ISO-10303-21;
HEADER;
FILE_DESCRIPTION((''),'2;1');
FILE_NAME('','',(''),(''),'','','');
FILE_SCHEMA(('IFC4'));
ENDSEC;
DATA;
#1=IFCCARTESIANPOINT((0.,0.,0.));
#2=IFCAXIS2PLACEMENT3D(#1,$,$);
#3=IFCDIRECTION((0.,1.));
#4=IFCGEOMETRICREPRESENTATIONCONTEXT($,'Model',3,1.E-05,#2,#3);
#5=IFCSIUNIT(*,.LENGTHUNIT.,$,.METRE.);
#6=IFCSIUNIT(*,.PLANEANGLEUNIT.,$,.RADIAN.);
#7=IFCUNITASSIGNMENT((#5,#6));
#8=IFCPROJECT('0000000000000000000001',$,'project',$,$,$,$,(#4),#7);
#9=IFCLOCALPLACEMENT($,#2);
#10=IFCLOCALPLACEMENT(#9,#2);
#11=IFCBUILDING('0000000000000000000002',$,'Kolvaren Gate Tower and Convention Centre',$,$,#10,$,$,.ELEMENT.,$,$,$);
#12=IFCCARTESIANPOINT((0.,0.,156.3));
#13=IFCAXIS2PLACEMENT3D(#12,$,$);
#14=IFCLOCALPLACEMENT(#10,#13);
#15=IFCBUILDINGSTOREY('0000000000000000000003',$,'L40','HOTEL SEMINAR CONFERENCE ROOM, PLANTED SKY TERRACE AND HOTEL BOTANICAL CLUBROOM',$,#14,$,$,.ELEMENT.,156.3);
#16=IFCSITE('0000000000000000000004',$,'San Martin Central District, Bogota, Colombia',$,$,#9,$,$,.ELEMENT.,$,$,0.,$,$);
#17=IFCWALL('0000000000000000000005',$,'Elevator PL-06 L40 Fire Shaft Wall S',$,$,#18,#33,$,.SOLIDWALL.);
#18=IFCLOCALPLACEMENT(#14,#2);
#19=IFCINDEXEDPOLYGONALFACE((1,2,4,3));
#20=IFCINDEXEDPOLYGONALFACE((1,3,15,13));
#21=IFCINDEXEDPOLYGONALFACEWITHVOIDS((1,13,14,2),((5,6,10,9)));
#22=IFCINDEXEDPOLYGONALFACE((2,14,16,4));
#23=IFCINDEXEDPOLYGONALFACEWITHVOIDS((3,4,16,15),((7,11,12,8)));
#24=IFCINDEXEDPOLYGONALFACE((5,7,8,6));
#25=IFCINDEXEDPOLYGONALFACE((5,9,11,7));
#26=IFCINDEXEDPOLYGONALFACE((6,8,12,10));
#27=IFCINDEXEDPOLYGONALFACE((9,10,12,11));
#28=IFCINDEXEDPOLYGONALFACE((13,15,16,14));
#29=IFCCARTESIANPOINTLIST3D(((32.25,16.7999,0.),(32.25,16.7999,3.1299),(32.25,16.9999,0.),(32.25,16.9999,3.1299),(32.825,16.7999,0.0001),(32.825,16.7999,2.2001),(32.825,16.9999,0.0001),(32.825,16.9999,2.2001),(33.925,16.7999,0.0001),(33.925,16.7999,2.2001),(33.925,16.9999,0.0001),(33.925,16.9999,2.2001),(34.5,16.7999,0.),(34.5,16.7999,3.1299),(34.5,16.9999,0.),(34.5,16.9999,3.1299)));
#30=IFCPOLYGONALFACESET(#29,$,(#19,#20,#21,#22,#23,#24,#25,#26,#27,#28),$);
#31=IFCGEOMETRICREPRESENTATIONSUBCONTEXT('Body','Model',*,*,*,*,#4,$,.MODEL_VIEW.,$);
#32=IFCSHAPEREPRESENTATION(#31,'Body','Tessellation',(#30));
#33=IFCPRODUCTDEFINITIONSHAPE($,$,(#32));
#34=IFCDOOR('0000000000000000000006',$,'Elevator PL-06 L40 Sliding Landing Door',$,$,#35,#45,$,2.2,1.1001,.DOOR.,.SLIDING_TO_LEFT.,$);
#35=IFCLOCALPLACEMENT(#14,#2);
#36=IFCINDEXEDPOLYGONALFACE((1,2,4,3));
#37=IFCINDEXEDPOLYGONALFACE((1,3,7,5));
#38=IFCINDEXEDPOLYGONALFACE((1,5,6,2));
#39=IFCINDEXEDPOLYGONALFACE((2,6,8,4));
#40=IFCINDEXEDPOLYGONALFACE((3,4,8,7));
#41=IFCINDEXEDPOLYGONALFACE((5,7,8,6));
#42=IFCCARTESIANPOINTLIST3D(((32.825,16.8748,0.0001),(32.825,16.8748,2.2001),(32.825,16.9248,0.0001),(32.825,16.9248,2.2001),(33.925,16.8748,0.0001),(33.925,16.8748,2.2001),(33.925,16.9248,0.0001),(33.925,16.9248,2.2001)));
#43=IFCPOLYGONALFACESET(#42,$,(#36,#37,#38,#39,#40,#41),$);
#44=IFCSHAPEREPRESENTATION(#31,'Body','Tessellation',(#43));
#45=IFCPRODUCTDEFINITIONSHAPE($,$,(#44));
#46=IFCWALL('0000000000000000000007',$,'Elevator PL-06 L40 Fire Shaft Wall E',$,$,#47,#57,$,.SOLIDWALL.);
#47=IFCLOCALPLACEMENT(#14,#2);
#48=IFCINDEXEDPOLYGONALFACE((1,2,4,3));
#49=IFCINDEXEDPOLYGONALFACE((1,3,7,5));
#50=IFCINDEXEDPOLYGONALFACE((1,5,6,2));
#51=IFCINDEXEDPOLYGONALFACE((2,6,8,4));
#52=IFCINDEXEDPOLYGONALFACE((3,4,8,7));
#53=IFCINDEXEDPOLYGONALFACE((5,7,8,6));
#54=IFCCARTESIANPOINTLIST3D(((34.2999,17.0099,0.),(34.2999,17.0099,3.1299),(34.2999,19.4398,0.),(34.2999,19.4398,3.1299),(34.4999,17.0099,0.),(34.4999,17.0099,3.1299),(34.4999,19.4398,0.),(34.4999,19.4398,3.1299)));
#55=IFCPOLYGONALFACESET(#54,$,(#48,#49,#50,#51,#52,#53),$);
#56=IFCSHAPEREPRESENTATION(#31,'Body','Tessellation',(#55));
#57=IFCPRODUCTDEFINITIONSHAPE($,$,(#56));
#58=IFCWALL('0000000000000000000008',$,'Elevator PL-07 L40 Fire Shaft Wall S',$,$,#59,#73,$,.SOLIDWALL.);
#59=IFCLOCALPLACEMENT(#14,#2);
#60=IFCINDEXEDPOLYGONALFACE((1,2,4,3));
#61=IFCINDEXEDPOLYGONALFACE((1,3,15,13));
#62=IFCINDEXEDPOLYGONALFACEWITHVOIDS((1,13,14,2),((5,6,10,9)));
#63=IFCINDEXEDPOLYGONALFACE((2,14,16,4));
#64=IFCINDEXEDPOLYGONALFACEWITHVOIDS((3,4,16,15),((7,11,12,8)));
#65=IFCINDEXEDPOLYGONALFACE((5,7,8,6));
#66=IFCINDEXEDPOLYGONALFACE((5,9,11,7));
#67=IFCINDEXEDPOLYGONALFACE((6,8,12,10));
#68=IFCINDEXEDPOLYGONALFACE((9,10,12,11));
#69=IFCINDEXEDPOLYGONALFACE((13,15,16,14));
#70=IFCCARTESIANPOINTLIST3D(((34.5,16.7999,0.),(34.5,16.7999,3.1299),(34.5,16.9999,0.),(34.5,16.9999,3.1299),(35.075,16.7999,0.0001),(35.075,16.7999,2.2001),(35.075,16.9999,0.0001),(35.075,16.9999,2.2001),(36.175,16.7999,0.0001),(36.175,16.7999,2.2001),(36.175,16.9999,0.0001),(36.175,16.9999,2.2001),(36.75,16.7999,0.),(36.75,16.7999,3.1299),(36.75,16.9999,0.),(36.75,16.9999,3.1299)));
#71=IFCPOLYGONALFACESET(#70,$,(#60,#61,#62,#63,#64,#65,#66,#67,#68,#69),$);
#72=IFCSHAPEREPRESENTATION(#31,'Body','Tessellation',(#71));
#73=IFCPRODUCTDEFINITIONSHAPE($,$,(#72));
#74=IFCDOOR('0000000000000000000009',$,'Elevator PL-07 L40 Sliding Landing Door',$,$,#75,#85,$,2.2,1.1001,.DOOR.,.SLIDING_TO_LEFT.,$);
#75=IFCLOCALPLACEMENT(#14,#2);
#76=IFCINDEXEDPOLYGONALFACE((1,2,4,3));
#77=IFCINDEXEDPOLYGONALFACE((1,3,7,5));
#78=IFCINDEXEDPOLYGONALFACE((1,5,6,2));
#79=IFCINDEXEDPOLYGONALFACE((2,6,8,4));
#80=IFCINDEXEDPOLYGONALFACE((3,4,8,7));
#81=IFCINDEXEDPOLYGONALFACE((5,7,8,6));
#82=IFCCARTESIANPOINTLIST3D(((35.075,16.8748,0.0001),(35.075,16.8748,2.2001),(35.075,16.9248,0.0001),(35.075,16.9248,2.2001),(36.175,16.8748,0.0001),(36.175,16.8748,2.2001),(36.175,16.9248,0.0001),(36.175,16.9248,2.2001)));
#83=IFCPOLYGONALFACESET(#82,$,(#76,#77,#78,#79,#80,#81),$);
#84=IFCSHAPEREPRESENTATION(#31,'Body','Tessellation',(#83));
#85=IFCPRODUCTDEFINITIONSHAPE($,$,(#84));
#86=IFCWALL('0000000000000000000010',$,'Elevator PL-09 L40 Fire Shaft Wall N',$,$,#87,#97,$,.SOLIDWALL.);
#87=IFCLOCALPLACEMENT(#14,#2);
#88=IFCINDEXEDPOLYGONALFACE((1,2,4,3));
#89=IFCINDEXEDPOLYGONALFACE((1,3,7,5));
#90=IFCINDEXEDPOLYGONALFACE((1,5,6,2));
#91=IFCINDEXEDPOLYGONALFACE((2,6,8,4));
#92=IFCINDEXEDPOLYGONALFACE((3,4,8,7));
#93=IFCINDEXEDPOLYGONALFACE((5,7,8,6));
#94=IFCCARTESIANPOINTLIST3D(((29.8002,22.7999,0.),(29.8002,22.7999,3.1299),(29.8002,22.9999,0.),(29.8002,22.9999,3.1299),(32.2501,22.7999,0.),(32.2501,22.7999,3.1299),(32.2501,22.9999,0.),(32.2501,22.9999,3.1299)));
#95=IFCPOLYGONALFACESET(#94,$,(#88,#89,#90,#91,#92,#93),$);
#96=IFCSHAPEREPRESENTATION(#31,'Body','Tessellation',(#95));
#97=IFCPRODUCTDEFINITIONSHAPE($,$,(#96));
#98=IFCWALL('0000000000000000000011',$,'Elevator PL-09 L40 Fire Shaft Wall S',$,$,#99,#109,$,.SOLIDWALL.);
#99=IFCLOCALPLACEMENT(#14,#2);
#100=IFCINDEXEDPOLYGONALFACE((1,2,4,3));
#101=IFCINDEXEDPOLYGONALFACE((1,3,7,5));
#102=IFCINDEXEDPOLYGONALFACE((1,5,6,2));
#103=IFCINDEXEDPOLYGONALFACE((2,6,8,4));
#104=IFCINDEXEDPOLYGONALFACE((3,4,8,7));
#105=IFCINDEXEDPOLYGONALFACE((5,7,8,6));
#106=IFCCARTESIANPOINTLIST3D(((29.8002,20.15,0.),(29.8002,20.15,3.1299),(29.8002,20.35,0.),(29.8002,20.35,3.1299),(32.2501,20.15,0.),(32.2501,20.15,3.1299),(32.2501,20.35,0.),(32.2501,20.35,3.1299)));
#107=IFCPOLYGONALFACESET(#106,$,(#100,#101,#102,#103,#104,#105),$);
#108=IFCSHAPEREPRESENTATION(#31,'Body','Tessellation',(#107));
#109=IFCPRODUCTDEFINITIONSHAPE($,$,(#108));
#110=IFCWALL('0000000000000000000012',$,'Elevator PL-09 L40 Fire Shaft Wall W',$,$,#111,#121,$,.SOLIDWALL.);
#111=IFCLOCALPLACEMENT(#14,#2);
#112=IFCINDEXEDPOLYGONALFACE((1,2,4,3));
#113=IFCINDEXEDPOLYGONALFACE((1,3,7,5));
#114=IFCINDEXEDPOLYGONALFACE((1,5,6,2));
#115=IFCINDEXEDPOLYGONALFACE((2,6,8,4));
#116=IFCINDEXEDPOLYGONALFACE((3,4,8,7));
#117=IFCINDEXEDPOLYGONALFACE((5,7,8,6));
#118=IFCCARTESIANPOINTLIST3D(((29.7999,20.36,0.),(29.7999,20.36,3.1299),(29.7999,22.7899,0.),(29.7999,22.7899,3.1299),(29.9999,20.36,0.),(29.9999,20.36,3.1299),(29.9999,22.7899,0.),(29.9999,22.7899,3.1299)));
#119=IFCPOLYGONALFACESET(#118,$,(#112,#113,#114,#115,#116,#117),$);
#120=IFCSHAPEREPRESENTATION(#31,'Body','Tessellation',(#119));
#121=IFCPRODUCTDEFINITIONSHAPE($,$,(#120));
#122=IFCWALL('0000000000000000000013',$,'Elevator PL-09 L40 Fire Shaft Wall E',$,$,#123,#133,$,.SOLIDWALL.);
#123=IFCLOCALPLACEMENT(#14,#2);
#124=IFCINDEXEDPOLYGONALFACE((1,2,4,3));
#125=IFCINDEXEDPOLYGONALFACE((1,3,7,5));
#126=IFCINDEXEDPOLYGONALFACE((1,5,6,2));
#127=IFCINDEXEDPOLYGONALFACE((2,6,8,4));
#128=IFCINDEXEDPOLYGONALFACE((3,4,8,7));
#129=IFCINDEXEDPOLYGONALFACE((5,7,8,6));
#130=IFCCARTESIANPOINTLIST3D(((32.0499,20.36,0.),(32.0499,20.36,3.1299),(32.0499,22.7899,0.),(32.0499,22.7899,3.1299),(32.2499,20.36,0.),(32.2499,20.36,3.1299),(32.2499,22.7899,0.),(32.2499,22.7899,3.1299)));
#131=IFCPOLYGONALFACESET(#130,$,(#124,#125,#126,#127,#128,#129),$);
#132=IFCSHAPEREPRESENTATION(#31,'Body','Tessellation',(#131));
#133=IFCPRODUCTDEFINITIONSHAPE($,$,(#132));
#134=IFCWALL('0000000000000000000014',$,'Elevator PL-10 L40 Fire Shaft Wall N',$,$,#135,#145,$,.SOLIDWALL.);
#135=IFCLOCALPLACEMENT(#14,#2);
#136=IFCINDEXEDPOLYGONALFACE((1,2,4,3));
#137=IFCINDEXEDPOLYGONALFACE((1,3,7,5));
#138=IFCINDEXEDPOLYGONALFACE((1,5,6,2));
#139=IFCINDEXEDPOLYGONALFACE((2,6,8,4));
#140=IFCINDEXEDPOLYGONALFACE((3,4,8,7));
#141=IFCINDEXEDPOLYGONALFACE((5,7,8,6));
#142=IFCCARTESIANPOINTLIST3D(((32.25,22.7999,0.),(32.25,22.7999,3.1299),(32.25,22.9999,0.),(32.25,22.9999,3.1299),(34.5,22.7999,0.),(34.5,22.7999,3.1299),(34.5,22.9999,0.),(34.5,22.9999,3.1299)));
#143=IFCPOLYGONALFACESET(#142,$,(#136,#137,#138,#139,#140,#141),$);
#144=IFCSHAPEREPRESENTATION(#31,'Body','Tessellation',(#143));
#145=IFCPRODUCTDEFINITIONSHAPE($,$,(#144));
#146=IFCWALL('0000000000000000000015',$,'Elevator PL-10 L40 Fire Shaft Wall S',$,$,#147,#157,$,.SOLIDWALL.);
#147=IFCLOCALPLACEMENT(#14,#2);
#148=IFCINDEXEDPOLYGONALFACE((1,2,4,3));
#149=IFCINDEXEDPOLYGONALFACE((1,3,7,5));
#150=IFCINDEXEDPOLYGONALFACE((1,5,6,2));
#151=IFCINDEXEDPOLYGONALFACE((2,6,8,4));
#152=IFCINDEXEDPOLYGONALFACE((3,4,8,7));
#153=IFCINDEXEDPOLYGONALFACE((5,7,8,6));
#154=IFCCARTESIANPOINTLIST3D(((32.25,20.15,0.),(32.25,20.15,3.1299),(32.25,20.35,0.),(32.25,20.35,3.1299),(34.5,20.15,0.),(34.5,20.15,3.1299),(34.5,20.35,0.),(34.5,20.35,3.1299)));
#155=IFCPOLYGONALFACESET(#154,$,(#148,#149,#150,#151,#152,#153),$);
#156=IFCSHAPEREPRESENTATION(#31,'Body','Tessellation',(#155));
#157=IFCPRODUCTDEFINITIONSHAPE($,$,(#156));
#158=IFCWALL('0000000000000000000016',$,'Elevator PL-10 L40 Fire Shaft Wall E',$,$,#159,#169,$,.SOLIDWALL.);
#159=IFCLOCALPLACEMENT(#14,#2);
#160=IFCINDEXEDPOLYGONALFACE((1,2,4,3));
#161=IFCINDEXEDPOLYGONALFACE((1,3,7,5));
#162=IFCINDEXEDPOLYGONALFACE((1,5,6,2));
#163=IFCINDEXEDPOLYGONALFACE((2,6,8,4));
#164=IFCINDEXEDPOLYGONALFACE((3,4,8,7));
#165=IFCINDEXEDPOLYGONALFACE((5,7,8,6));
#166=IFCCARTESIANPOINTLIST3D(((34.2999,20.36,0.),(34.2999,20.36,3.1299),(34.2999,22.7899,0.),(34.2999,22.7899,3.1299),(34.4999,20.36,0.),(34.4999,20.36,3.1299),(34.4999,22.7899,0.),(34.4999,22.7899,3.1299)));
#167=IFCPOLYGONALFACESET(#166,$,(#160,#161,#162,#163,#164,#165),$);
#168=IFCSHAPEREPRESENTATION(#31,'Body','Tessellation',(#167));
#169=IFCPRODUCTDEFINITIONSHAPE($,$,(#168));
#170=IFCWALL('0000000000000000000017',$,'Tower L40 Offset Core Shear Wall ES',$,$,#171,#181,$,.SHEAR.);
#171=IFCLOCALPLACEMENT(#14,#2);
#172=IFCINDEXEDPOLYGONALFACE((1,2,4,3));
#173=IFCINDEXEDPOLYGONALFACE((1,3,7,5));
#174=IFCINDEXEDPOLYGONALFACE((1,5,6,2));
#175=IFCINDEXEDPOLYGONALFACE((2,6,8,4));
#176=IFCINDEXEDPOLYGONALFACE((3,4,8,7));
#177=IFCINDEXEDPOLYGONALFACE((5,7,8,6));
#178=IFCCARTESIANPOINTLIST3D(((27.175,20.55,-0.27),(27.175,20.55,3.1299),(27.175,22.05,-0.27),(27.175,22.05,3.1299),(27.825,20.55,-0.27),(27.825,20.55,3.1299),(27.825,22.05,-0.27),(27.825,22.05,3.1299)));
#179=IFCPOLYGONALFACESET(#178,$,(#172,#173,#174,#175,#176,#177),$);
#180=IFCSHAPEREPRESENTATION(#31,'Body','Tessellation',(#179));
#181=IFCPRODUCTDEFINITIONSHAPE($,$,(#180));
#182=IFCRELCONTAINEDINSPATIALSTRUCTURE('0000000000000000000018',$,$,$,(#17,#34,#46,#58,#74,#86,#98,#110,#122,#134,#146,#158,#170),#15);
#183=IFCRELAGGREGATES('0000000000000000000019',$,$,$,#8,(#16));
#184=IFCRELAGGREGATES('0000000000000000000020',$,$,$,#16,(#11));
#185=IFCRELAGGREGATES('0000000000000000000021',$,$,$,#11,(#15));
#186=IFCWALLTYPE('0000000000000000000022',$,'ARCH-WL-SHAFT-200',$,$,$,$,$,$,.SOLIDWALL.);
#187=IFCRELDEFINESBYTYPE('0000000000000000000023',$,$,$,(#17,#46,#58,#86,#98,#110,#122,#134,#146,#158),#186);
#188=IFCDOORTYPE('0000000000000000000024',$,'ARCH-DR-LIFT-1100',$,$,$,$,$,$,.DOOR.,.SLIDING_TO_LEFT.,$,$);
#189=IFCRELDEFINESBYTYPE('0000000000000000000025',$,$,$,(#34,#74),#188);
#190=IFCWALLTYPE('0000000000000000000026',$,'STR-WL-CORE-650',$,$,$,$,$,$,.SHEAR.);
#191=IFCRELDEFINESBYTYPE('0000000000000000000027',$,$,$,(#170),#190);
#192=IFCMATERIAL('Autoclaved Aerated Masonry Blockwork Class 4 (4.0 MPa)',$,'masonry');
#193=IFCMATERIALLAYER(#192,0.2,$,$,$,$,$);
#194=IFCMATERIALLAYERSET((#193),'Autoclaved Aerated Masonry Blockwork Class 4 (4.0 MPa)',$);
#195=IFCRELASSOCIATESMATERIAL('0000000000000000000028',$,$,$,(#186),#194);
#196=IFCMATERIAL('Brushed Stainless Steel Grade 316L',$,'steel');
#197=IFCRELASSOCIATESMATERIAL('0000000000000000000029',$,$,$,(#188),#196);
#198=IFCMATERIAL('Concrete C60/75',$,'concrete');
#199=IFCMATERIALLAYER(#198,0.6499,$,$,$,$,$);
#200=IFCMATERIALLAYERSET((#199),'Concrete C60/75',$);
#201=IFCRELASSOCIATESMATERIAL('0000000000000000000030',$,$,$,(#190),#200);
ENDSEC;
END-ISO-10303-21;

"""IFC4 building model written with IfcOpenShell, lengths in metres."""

from ifc_helpers import new_model, si_unit, direction, frame, frame_2d, origin, place, context, subcontext, project, spatial, rectangle, extrude, material, layer, layer_set, type_object, element, fill, save


model = new_model("IFC4")

# Units and contexts
model_context = context("Model", 3, precision=1e-05, world=origin(), true_north=direction((0.0, 1.0)))
body_context = subcontext(model_context, "Body", "Model", "MODEL_VIEW")
ifc_project = project(units=[si_unit("LENGTHUNIT", "METRE"), si_unit("PLANEANGLEUNIT", "RADIAN")], contexts=[model_context])

# Site, building, storey
site_placement = place(None, origin())
site = spatial("IfcSite", under=ifc_project, at=site_placement, Name="San Martin Central District, Bogota, Colombia", CompositionType="ELEMENT", RefElevation=0.0)
building_placement = place(site_placement, origin())
building = spatial("IfcBuilding", under=site, at=building_placement, Name="Kolvaren Gate Tower and Convention Centre", CompositionType="ELEMENT")
storey_placement = place(building_placement, frame((0.0, 0.0, 156.3)))
storey = spatial("IfcBuildingStorey", under=building, at=storey_placement, Name="L40", Description="HOTEL SEMINAR CONFERENCE ROOM, PLANTED SKY TERRACE AND HOTEL BOTANICAL CLUBROOM", CompositionType="ELEMENT", Elevation=156.3)

# Shared definitions
ifc_material_1 = material(Name="Autoclaved Aerated Masonry Blockwork Class 4 (4.0 MPa)", Category="masonry")

# Shared definitions
ifc_layer_1 = layer(ifc_material_1, 0.2)
ifc_layer_set_1 = layer_set([ifc_layer_1], Name="Autoclaved Aerated Masonry Blockwork Class 4 (4.0 MPa)")
wall_type_1 = type_object("IfcWallType", Name="ARCH-WL-SHAFT-200", PredefinedType="SOLIDWALL", material=ifc_layer_set_1)

# Wall, opening, door
wall_1_placement = place(storey_placement, frame((32.25, 16.8999, 0.0), z_axis=(0.0, 0.0, 1.0), x_axis=(1.0, 0.0, 0.0)))
wall_1 = element("IfcWall", 1, at=wall_1_placement, inside=storey, type_object=wall_type_1, Name="Elevator PL-06 L40 Fire Shaft Wall S", PredefinedType="SOLIDWALL", context=body_context, shape_type="SweptSolid", body=[
    extrude(rectangle(XDim=2.25, YDim=0.2, at=frame_2d((1.125, 0.0))), origin(), (0.0, 0.0, 1.0), 3.1299),
])
opening_1_placement = place(wall_1_placement, frame((0.575, 0.0, 0.0)))
opening_1 = element("IfcOpeningElement", 2, at=opening_1_placement, cuts=wall_1, PredefinedType="OPENING", context=body_context, shape_type="SweptSolid", body=[
    extrude(rectangle(XDim=1.1001, YDim=2.2, at=frame_2d((0.55, 1.1001))), frame((0.0, 0.1099, 0.0), z_axis=(0.0, -1.0, 0.0), x_axis=(1.0, 0.0, 0.0)), (0.0, 0.0, 1.0), 0.22),
])
ifc_material_2 = material(Name="Brushed Stainless Steel Grade 316L", Category="steel")
door_type_1 = type_object("IfcDoorType", Name="ARCH-DR-LIFT-1100", OperationType="SLIDING_TO_LEFT", PredefinedType="DOOR", material=ifc_material_2)
door_1_placement = place(opening_1_placement, origin())
door_1 = element("IfcDoor", 3, at=door_1_placement, inside=storey, type_object=door_type_1, Name="Elevator PL-06 L40 Sliding Landing Door", OperationType="SLIDING_TO_LEFT", OverallHeight=2.2, OverallWidth=1.1001, PredefinedType="DOOR", context=body_context, shape_type="SweptSolid", body=[
    extrude(rectangle(XDim=1.1001, YDim=2.2, at=frame_2d((0.55, 1.1001))), frame((0.0, 0.0249, 0.0), z_axis=(0.0, -1.0, 0.0), x_axis=(1.0, 0.0, 0.0)), (0.0, 0.0, 1.0), 0.05),
])
fill(opening_1, door_1)

# Wall
wall_2_placement = place(storey_placement, frame((34.3999, 17.01, 0.0), z_axis=(0.0, 0.0, 1.0), x_axis=(0.0, 1.0, 0.0)))
element("IfcWall", 4, at=wall_2_placement, inside=storey, type_object=wall_type_1, Name="Elevator PL-06 L40 Fire Shaft Wall E", PredefinedType="SOLIDWALL", context=body_context, shape_type="SweptSolid", body=[
    extrude(rectangle(XDim=2.4299, YDim=0.2, at=frame_2d((1.2148, 0.0))), origin(), (0.0, 0.0, 1.0), 3.1299),
])

# Wall, opening, door
wall_3_placement = place(storey_placement, frame((34.5, 16.8999, 0.0), z_axis=(0.0, 0.0, 1.0), x_axis=(1.0, 0.0, 0.0)))
wall_3 = element("IfcWall", 5, at=wall_3_placement, inside=storey, type_object=wall_type_1, Name="Elevator PL-07 L40 Fire Shaft Wall S", PredefinedType="SOLIDWALL", context=body_context, shape_type="SweptSolid", body=[
    extrude(rectangle(XDim=2.25, YDim=0.2, at=frame_2d((1.125, 0.0))), origin(), (0.0, 0.0, 1.0), 3.1299),
])
opening_2_placement = place(wall_3_placement, frame((0.575, 0.0, 0.0)))
opening_2 = element("IfcOpeningElement", 6, at=opening_2_placement, cuts=wall_3, PredefinedType="OPENING", context=body_context, shape_type="SweptSolid", body=[
    extrude(rectangle(XDim=1.1001, YDim=2.2, at=frame_2d((0.55, 1.1001))), frame((0.0, 0.1099, 0.0), z_axis=(0.0, -1.0, 0.0), x_axis=(1.0, 0.0, 0.0)), (0.0, 0.0, 1.0), 0.22),
])
door_2_placement = place(opening_2_placement, origin())
door_2 = element("IfcDoor", 7, at=door_2_placement, inside=storey, type_object=door_type_1, Name="Elevator PL-07 L40 Sliding Landing Door", OperationType="SLIDING_TO_LEFT", OverallHeight=2.2, OverallWidth=1.1001, PredefinedType="DOOR", context=body_context, shape_type="SweptSolid", body=[
    extrude(rectangle(XDim=1.1001, YDim=2.2, at=frame_2d((0.55, 1.1001))), frame((0.0, 0.0249, 0.0), z_axis=(0.0, -1.0, 0.0), x_axis=(1.0, 0.0, 0.0)), (0.0, 0.0, 1.0), 0.05),
])
fill(opening_2, door_2)

# Walls
for number, where, z_axis, x_axis, name in (
    (8, (29.8, 22.8999, 0.0), (0.0, 0.0, 1.0), (1.0, 0.0, 0.0), "Elevator PL-09 L40 Fire Shaft Wall N"),
    (9, (29.8, 20.25, 0.0), (0.0, 0.0, 1.0), (1.0, 0.0, 0.0), "Elevator PL-09 L40 Fire Shaft Wall S"),
):
    element("IfcWall", number, at=place(storey_placement, frame(where, z_axis=z_axis, x_axis=x_axis)), inside=storey, type_object=wall_type_1, Name=name, PredefinedType="SOLIDWALL", context=body_context, shape_type="SweptSolid", body=[
        extrude(rectangle(XDim=2.45, YDim=0.2, at=frame_2d((1.2251, 0.0))), origin(), (0.0, 0.0, 1.0), 3.1299),
    ])
for number, where, z_axis, x_axis, name in (
    (10, (29.8999, 20.3601, 0.0), (0.0, 0.0, 1.0), (0.0, 1.0, 0.0), "Elevator PL-09 L40 Fire Shaft Wall W"),
    (11, (32.1499, 20.3601, 0.0), (0.0, 0.0, 1.0), (0.0, 1.0, 0.0), "Elevator PL-09 L40 Fire Shaft Wall E"),
):
    element("IfcWall", number, at=place(storey_placement, frame(where, z_axis=z_axis, x_axis=x_axis)), inside=storey, type_object=wall_type_1, Name=name, PredefinedType="SOLIDWALL", context=body_context, shape_type="SweptSolid", body=[
        extrude(rectangle(XDim=2.4299, YDim=0.2, at=frame_2d((1.2148, 0.0))), origin(), (0.0, 0.0, 1.0), 3.1299),
    ])
for number, where, z_axis, x_axis, name in (
    (12, (32.25, 22.8999, 0.0), (0.0, 0.0, 1.0), (1.0, 0.0, 0.0), "Elevator PL-10 L40 Fire Shaft Wall N"),
    (13, (32.25, 20.25, 0.0), (0.0, 0.0, 1.0), (1.0, 0.0, 0.0), "Elevator PL-10 L40 Fire Shaft Wall S"),
):
    element("IfcWall", number, at=place(storey_placement, frame(where, z_axis=z_axis, x_axis=x_axis)), inside=storey, type_object=wall_type_1, Name=name, PredefinedType="SOLIDWALL", context=body_context, shape_type="SweptSolid", body=[
        extrude(rectangle(XDim=2.25, YDim=0.2, at=frame_2d((1.125, 0.0))), origin(), (0.0, 0.0, 1.0), 3.1299),
    ])
wall_4_placement = place(storey_placement, frame((34.3999, 20.3601, 0.0), z_axis=(0.0, 0.0, 1.0), x_axis=(0.0, 1.0, 0.0)))
element("IfcWall", 14, at=wall_4_placement, inside=storey, type_object=wall_type_1, Name="Elevator PL-10 L40 Fire Shaft Wall E", PredefinedType="SOLIDWALL", context=body_context, shape_type="SweptSolid", body=[
    extrude(rectangle(XDim=2.4299, YDim=0.2, at=frame_2d((1.2148, 0.0))), origin(), (0.0, 0.0, 1.0), 3.1299),
])
ifc_material_3 = material(Name="Concrete C60/75", Category="concrete")
ifc_layer_2 = layer(ifc_material_3, 0.6499)
ifc_layer_set_2 = layer_set([ifc_layer_2], Name="Concrete C60/75")
wall_type_2 = type_object("IfcWallType", Name="STR-WL-CORE-650", PredefinedType="SHEAR", material=ifc_layer_set_2)
wall_5_placement = place(storey_placement, frame((27.5, 20.55, -0.27), z_axis=(0.0, 0.0, 1.0), x_axis=(0.0, 1.0, 0.0)))
element("IfcWall", 15, at=wall_5_placement, inside=storey, type_object=wall_type_2, Name="Tower L40 Offset Core Shear Wall ES", PredefinedType="SHEAR", context=body_context, shape_type="SweptSolid", body=[
    extrude(rectangle(XDim=1.5, YDim=0.6499, at=frame_2d((0.75, 0.0))), origin(), (0.0, 0.0, 1.0), 3.3999),
])

save(model, "model.ifc")
